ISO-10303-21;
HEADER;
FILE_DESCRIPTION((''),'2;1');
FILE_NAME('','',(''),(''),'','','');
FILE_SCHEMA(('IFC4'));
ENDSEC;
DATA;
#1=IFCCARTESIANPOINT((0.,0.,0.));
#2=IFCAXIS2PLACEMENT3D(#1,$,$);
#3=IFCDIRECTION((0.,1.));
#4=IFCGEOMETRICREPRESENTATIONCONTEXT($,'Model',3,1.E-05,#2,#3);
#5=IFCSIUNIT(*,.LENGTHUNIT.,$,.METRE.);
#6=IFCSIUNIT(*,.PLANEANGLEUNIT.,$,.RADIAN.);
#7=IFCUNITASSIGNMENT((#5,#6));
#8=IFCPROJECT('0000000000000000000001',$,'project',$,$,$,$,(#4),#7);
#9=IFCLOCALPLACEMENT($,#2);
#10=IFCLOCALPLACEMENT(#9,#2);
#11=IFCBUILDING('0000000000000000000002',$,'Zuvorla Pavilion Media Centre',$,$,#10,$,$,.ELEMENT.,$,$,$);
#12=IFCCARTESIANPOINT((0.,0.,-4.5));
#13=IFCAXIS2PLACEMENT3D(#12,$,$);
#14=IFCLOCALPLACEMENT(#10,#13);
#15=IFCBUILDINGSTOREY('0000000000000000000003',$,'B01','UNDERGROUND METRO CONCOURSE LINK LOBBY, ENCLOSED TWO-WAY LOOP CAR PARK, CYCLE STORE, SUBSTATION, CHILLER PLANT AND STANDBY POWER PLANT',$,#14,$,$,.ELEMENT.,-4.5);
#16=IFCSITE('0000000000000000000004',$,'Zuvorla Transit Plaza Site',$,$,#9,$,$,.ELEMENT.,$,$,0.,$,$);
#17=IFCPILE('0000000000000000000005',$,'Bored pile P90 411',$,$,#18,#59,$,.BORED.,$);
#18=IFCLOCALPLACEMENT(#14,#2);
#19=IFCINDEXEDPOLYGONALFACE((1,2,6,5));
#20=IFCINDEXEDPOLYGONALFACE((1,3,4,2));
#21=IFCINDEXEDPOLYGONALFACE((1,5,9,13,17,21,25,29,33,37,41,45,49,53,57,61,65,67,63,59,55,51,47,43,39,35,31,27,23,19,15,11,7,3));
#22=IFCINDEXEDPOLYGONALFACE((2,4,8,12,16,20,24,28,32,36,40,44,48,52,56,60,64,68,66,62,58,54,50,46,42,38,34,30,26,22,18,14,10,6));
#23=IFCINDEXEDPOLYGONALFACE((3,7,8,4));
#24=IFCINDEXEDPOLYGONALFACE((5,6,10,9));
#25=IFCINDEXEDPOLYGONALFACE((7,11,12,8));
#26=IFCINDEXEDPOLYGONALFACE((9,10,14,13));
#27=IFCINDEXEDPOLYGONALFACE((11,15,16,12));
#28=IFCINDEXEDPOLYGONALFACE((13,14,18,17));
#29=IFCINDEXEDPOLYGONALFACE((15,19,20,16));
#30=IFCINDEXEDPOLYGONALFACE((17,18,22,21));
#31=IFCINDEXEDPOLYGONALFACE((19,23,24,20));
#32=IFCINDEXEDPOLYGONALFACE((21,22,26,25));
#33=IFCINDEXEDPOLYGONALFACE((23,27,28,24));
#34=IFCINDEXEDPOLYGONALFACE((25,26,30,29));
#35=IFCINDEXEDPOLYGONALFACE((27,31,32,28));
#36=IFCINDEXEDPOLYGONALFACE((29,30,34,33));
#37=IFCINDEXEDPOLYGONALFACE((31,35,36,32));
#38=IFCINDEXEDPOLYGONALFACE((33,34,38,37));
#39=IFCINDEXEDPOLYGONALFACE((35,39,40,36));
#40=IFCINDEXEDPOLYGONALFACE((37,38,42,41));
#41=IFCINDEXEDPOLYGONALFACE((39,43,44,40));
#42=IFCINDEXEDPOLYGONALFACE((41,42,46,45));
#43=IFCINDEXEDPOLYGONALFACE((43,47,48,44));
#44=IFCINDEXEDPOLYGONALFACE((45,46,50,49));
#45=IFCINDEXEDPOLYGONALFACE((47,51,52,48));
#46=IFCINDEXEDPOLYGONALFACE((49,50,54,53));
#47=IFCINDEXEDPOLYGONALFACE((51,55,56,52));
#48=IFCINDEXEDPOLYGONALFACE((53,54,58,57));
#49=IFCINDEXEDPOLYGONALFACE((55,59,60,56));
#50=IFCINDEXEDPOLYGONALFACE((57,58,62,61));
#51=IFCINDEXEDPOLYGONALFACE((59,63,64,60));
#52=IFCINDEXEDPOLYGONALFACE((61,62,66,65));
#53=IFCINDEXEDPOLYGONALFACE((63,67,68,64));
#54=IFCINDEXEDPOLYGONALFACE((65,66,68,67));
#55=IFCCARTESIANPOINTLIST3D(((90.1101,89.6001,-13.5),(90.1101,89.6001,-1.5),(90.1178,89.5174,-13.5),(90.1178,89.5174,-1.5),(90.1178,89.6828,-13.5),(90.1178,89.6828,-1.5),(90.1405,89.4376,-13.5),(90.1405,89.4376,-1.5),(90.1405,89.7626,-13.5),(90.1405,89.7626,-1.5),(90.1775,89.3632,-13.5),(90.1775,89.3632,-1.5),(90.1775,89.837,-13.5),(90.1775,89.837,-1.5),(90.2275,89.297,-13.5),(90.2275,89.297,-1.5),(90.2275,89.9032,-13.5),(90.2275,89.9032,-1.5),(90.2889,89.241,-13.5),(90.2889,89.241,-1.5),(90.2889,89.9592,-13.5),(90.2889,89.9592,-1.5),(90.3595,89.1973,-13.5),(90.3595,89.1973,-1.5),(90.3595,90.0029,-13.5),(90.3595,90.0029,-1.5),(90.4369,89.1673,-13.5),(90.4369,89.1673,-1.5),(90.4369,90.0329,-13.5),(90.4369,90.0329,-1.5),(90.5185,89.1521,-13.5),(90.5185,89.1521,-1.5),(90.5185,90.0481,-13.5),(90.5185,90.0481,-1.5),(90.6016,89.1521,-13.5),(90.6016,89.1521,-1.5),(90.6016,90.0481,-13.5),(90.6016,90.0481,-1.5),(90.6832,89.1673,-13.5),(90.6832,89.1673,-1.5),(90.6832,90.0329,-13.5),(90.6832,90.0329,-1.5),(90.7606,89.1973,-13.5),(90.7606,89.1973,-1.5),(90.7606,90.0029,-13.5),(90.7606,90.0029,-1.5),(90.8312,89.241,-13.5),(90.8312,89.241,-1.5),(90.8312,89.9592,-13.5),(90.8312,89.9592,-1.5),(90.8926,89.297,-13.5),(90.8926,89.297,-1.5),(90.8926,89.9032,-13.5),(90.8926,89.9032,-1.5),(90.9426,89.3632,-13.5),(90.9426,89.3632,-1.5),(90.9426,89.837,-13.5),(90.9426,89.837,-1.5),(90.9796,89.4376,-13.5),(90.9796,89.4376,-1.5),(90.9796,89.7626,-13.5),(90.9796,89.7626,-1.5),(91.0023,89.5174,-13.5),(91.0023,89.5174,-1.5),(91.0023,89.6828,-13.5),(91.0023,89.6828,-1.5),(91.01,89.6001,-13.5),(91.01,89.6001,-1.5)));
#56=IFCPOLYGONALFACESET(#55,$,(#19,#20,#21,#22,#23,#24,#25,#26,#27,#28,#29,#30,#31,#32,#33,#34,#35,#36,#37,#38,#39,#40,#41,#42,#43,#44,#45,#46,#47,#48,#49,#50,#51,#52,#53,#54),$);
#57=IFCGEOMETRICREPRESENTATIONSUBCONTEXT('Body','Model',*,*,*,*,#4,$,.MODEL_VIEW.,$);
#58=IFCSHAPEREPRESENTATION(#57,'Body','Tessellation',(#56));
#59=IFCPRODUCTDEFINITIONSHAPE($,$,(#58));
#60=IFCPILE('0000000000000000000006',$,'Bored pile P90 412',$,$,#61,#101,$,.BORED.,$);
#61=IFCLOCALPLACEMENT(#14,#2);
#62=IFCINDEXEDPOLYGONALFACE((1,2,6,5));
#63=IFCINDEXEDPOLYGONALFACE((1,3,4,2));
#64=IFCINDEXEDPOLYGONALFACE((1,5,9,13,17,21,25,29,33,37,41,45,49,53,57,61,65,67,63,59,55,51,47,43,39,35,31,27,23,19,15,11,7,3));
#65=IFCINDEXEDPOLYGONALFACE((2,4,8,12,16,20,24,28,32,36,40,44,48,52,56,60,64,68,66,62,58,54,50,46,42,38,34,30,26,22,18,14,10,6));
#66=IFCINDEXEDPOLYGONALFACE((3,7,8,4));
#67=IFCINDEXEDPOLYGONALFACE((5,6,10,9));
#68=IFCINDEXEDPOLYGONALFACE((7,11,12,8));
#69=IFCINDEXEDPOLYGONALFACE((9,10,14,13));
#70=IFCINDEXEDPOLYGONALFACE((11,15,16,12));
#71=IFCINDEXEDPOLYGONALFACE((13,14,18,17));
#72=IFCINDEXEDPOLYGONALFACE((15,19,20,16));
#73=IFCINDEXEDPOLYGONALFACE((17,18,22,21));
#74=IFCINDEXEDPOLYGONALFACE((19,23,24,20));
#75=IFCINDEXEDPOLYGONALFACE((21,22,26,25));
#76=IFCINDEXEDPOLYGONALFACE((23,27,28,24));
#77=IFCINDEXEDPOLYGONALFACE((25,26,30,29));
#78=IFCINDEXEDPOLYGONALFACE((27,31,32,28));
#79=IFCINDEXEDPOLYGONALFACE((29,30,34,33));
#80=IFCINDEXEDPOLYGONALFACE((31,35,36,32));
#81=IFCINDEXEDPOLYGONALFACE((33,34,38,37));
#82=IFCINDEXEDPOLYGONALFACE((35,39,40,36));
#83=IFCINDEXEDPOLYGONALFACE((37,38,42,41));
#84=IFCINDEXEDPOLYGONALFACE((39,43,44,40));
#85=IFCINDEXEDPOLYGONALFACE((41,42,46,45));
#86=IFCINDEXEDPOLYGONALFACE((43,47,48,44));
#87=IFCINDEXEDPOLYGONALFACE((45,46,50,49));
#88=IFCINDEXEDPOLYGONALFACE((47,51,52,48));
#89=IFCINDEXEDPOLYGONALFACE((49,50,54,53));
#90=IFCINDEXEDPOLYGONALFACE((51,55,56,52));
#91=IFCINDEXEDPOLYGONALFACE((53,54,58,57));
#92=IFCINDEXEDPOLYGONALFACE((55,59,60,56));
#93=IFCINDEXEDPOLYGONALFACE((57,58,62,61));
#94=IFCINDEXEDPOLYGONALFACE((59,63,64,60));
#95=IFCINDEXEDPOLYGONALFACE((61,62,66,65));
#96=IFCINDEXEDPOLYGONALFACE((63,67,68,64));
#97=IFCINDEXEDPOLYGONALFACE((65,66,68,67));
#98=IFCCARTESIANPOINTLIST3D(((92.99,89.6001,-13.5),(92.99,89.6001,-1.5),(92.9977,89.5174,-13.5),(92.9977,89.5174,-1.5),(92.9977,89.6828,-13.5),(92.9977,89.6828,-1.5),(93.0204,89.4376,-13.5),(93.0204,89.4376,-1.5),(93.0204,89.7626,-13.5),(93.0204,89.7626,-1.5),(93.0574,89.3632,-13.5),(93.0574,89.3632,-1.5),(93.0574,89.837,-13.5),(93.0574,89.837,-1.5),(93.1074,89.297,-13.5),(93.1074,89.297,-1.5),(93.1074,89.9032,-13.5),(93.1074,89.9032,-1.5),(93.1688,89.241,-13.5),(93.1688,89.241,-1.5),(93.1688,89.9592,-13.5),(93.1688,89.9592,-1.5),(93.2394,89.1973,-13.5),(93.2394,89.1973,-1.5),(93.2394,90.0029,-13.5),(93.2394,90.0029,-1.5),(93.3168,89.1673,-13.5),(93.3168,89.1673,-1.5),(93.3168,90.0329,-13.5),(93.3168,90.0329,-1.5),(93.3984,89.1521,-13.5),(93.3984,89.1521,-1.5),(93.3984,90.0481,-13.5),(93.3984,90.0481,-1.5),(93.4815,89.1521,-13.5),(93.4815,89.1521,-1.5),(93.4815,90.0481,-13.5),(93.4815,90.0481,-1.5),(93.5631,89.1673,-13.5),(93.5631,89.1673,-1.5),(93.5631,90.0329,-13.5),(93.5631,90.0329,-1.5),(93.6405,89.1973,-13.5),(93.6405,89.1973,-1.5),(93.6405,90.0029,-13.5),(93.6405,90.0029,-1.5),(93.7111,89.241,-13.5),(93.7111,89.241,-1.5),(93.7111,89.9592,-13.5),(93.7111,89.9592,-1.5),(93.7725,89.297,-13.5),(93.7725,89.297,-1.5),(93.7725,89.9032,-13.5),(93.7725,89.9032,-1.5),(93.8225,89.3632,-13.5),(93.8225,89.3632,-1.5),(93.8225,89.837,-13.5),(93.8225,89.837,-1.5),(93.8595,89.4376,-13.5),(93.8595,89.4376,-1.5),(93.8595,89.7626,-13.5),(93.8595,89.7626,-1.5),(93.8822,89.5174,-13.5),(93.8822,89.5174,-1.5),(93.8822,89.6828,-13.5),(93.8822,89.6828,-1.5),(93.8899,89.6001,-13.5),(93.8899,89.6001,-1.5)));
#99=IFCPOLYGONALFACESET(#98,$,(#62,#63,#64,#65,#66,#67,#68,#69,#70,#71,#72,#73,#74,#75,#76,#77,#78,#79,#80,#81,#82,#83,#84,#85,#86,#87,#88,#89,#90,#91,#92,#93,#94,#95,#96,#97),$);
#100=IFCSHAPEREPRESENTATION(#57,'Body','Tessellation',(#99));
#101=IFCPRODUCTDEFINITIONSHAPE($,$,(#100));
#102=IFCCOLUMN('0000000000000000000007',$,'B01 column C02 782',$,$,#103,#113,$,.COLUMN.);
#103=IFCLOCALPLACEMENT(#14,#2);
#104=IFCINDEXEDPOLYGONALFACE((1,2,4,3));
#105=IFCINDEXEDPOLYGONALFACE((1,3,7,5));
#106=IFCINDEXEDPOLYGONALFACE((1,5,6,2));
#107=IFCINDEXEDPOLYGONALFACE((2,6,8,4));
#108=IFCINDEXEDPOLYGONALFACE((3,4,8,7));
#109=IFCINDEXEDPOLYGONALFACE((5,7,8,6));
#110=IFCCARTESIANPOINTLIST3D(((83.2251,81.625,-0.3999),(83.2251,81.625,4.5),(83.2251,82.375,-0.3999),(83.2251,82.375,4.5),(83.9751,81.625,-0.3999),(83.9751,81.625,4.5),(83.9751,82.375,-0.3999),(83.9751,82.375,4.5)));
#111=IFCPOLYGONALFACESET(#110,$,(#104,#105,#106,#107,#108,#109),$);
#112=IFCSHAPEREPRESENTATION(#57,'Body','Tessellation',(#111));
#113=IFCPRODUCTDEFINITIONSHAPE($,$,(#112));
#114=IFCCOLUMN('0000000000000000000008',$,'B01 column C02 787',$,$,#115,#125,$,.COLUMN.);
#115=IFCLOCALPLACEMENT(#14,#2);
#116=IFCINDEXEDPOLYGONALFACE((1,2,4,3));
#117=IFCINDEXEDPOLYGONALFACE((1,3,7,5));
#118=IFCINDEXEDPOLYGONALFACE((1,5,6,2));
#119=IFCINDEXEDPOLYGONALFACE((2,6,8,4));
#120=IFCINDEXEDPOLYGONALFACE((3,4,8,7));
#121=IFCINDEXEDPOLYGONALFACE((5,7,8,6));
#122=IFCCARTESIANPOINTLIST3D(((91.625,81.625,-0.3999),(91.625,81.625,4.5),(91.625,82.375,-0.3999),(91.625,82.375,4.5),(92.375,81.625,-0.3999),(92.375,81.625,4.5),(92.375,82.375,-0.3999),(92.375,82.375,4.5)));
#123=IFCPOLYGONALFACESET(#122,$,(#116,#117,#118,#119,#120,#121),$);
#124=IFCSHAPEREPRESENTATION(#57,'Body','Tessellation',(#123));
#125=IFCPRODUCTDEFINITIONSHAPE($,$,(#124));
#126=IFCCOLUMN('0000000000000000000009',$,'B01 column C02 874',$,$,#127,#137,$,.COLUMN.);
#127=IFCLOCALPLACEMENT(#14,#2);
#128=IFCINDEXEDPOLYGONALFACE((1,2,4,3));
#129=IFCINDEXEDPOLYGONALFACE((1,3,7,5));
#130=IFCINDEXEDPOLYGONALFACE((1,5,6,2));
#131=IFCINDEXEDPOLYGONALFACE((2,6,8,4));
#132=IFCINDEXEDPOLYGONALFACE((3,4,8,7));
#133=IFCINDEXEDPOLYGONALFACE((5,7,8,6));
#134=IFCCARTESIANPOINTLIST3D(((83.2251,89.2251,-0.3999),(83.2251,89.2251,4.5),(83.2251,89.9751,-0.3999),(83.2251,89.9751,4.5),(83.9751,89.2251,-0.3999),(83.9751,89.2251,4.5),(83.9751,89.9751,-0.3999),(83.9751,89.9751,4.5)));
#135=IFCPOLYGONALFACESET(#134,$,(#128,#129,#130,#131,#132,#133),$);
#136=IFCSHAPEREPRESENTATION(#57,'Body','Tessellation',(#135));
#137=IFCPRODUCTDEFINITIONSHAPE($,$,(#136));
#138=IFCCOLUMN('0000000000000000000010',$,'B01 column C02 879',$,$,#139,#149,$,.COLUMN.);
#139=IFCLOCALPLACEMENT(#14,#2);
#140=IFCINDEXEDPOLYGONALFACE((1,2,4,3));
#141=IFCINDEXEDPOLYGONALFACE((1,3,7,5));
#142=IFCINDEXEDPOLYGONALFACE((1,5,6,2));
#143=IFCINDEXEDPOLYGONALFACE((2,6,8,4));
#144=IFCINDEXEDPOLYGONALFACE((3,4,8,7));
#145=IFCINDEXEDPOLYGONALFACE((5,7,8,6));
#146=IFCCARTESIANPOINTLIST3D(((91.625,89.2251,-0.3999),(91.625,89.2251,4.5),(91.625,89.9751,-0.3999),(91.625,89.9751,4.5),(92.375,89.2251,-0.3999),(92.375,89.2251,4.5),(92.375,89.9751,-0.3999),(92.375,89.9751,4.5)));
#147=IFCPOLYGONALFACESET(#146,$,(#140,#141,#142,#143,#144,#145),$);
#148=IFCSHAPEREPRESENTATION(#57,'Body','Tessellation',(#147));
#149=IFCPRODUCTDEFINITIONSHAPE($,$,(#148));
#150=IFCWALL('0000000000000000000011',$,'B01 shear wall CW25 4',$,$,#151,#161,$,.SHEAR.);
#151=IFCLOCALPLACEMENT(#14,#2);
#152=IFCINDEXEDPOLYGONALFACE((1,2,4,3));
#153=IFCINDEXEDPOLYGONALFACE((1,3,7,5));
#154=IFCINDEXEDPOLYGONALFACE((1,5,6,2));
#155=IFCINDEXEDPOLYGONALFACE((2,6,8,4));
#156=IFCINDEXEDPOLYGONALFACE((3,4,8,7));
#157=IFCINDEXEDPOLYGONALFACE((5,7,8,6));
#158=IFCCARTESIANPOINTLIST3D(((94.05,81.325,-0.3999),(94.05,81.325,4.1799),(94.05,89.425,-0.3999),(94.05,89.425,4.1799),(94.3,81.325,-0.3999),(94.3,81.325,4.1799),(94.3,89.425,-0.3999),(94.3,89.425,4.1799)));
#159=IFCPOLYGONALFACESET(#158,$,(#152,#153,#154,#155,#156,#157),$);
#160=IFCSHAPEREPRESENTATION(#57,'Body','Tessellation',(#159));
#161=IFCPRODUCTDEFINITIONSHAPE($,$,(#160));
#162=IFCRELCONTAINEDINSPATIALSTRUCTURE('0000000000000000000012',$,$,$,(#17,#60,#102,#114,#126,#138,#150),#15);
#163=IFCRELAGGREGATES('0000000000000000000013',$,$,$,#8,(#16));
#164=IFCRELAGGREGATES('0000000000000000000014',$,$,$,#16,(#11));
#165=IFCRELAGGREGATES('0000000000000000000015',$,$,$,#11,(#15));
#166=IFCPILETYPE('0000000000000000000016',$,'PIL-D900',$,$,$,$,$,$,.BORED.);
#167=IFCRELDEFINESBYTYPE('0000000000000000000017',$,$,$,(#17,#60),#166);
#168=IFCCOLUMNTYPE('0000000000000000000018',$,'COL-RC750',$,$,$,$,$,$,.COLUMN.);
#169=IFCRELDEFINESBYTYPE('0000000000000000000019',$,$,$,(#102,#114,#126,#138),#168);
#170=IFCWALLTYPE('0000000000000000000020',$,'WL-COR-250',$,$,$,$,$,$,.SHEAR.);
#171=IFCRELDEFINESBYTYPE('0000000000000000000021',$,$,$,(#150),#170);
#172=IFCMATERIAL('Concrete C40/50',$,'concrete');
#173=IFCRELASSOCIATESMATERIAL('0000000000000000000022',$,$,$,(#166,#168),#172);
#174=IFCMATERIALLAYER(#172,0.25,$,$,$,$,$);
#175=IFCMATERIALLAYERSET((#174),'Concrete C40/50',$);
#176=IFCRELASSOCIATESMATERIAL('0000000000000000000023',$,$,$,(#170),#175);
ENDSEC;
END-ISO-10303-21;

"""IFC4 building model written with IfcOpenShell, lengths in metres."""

from ifc_helpers import new_model, si_unit, direction, frame, frame_2d, origin, origin_2d, place, context, subcontext, project, spatial, rectangle, circle, extrude, material, layer, layer_set, material_profile, profile_set, type_object, element, save


model = new_model("IFC4")

# Units and contexts
model_context = context("Model", 3, precision=1e-05, world=origin(), true_north=direction((0.0, 1.0)))
body_context = subcontext(model_context, "Body", "Model", "MODEL_VIEW")
ifc_project = project(units=[si_unit("LENGTHUNIT", "METRE"), si_unit("PLANEANGLEUNIT", "RADIAN")], contexts=[model_context])

# Site, building, storey
site_placement = place(None, origin())
site = spatial("IfcSite", under=ifc_project, at=site_placement, Name="Zuvorla Transit Plaza Site", CompositionType="ELEMENT", RefElevation=0.0)
building_placement = place(site_placement, origin())
building = spatial("IfcBuilding", under=site, at=building_placement, Name="Zuvorla Pavilion Media Centre", CompositionType="ELEMENT")
storey_placement = place(building_placement, frame((0.0, 0.0, -4.5)))
storey = spatial("IfcBuildingStorey", under=building, at=storey_placement, Name="B01", Description="UNDERGROUND METRO CONCOURSE LINK LOBBY, ENCLOSED TWO-WAY LOOP CAR PARK, CYCLE STORE, SUBSTATION, CHILLER PLANT AND STANDBY POWER PLANT", CompositionType="ELEMENT", Elevation=-4.5)

# Shared definitions
ifc_material = material(Name="Concrete C40/50", Category="concrete")

# Piles
ifc_material_profile_1 = material_profile(ifc_material, circle(Radius=0.45, at=origin_2d()), Name="BORED PILE 900")
ifc_profile_set_1 = profile_set([ifc_material_profile_1], Name="Concrete C40/50")
pile_type = type_object("IfcPileType", Name="PIL-D900", PredefinedType="BORED", material=ifc_profile_set_1)
for number, where, z_axis, x_axis, name in (
    (1, (90.5601, 89.6001, -1.5), (0.0, 0.0, -1.0), (1.0, 0.0, 0.0), "Bored pile P90 411"),
    (2, (93.4399, 89.6001, -1.5), (0.0, 0.0, -1.0), (1.0, 0.0, 0.0), "Bored pile P90 412"),
):
    element("IfcPile", number, at=place(storey_placement, frame(where, z_axis=z_axis, x_axis=x_axis)), inside=storey, type_object=pile_type, Name=name, PredefinedType="BORED", context=body_context, shape_type="SweptSolid", body=[
        extrude(circle(Radius=0.45, at=origin_2d()), origin(), (0.0, 0.0, 1.0), 12.0),
    ])

# Columns
ifc_material_profile_2 = material_profile(ifc_material, rectangle(XDim=0.75, YDim=0.75, at=origin_2d()), Name="RC 750x750")
ifc_profile_set_2 = profile_set([ifc_material_profile_2], Name="Concrete C40/50")
column_type = type_object("IfcColumnType", Name="COL-RC750", PredefinedType="COLUMN", material=ifc_profile_set_2)
for number, where, z_axis, x_axis, name in (
    (3, (83.6001, 82.0, -0.3999), (0.0, 0.0, 1.0), (1.0, 0.0, 0.0), "B01 column C02 782"),
    (4, (92.0, 82.0, -0.3999), (0.0, 0.0, 1.0), (1.0, 0.0, 0.0), "B01 column C02 787"),
    (5, (83.6001, 89.6001, -0.3999), (0.0, 0.0, 1.0), (1.0, 0.0, 0.0), "B01 column C02 874"),
    (6, (92.0, 89.6001, -0.3999), (0.0, 0.0, 1.0), (1.0, 0.0, 0.0), "B01 column C02 879"),
):
    element("IfcColumn", number, at=place(storey_placement, frame(where, z_axis=z_axis, x_axis=x_axis)), inside=storey, type_object=column_type, Name=name, PredefinedType="COLUMN", context=body_context, shape_type="SweptSolid", body=[
        extrude(rectangle(XDim=0.75, YDim=0.75, at=origin_2d()), origin(), (0.0, 0.0, 1.0), 4.8999),
    ])

# Wall
ifc_layer = layer(ifc_material, 0.25)
ifc_layer_set = layer_set([ifc_layer], Name="Concrete C40/50")
wall_type = type_object("IfcWallType", Name="WL-COR-250", PredefinedType="SHEAR", material=ifc_layer_set)
wall_placement = place(storey_placement, frame((94.175, 89.425, -0.3999), z_axis=(0.0, 0.0, 1.0), x_axis=(0.0, -1.0, 0.0)))
element("IfcWall", 7, at=wall_placement, inside=storey, type_object=wall_type, Name="B01 shear wall CW25 4", PredefinedType="SHEAR", context=body_context, shape_type="SweptSolid", body=[
    extrude(rectangle(XDim=8.1001, YDim=0.25, at=frame_2d((4.05, 0.0))), origin(), (0.0, 0.0, 1.0), 4.5798),
])

save(model, "model.ifc")
